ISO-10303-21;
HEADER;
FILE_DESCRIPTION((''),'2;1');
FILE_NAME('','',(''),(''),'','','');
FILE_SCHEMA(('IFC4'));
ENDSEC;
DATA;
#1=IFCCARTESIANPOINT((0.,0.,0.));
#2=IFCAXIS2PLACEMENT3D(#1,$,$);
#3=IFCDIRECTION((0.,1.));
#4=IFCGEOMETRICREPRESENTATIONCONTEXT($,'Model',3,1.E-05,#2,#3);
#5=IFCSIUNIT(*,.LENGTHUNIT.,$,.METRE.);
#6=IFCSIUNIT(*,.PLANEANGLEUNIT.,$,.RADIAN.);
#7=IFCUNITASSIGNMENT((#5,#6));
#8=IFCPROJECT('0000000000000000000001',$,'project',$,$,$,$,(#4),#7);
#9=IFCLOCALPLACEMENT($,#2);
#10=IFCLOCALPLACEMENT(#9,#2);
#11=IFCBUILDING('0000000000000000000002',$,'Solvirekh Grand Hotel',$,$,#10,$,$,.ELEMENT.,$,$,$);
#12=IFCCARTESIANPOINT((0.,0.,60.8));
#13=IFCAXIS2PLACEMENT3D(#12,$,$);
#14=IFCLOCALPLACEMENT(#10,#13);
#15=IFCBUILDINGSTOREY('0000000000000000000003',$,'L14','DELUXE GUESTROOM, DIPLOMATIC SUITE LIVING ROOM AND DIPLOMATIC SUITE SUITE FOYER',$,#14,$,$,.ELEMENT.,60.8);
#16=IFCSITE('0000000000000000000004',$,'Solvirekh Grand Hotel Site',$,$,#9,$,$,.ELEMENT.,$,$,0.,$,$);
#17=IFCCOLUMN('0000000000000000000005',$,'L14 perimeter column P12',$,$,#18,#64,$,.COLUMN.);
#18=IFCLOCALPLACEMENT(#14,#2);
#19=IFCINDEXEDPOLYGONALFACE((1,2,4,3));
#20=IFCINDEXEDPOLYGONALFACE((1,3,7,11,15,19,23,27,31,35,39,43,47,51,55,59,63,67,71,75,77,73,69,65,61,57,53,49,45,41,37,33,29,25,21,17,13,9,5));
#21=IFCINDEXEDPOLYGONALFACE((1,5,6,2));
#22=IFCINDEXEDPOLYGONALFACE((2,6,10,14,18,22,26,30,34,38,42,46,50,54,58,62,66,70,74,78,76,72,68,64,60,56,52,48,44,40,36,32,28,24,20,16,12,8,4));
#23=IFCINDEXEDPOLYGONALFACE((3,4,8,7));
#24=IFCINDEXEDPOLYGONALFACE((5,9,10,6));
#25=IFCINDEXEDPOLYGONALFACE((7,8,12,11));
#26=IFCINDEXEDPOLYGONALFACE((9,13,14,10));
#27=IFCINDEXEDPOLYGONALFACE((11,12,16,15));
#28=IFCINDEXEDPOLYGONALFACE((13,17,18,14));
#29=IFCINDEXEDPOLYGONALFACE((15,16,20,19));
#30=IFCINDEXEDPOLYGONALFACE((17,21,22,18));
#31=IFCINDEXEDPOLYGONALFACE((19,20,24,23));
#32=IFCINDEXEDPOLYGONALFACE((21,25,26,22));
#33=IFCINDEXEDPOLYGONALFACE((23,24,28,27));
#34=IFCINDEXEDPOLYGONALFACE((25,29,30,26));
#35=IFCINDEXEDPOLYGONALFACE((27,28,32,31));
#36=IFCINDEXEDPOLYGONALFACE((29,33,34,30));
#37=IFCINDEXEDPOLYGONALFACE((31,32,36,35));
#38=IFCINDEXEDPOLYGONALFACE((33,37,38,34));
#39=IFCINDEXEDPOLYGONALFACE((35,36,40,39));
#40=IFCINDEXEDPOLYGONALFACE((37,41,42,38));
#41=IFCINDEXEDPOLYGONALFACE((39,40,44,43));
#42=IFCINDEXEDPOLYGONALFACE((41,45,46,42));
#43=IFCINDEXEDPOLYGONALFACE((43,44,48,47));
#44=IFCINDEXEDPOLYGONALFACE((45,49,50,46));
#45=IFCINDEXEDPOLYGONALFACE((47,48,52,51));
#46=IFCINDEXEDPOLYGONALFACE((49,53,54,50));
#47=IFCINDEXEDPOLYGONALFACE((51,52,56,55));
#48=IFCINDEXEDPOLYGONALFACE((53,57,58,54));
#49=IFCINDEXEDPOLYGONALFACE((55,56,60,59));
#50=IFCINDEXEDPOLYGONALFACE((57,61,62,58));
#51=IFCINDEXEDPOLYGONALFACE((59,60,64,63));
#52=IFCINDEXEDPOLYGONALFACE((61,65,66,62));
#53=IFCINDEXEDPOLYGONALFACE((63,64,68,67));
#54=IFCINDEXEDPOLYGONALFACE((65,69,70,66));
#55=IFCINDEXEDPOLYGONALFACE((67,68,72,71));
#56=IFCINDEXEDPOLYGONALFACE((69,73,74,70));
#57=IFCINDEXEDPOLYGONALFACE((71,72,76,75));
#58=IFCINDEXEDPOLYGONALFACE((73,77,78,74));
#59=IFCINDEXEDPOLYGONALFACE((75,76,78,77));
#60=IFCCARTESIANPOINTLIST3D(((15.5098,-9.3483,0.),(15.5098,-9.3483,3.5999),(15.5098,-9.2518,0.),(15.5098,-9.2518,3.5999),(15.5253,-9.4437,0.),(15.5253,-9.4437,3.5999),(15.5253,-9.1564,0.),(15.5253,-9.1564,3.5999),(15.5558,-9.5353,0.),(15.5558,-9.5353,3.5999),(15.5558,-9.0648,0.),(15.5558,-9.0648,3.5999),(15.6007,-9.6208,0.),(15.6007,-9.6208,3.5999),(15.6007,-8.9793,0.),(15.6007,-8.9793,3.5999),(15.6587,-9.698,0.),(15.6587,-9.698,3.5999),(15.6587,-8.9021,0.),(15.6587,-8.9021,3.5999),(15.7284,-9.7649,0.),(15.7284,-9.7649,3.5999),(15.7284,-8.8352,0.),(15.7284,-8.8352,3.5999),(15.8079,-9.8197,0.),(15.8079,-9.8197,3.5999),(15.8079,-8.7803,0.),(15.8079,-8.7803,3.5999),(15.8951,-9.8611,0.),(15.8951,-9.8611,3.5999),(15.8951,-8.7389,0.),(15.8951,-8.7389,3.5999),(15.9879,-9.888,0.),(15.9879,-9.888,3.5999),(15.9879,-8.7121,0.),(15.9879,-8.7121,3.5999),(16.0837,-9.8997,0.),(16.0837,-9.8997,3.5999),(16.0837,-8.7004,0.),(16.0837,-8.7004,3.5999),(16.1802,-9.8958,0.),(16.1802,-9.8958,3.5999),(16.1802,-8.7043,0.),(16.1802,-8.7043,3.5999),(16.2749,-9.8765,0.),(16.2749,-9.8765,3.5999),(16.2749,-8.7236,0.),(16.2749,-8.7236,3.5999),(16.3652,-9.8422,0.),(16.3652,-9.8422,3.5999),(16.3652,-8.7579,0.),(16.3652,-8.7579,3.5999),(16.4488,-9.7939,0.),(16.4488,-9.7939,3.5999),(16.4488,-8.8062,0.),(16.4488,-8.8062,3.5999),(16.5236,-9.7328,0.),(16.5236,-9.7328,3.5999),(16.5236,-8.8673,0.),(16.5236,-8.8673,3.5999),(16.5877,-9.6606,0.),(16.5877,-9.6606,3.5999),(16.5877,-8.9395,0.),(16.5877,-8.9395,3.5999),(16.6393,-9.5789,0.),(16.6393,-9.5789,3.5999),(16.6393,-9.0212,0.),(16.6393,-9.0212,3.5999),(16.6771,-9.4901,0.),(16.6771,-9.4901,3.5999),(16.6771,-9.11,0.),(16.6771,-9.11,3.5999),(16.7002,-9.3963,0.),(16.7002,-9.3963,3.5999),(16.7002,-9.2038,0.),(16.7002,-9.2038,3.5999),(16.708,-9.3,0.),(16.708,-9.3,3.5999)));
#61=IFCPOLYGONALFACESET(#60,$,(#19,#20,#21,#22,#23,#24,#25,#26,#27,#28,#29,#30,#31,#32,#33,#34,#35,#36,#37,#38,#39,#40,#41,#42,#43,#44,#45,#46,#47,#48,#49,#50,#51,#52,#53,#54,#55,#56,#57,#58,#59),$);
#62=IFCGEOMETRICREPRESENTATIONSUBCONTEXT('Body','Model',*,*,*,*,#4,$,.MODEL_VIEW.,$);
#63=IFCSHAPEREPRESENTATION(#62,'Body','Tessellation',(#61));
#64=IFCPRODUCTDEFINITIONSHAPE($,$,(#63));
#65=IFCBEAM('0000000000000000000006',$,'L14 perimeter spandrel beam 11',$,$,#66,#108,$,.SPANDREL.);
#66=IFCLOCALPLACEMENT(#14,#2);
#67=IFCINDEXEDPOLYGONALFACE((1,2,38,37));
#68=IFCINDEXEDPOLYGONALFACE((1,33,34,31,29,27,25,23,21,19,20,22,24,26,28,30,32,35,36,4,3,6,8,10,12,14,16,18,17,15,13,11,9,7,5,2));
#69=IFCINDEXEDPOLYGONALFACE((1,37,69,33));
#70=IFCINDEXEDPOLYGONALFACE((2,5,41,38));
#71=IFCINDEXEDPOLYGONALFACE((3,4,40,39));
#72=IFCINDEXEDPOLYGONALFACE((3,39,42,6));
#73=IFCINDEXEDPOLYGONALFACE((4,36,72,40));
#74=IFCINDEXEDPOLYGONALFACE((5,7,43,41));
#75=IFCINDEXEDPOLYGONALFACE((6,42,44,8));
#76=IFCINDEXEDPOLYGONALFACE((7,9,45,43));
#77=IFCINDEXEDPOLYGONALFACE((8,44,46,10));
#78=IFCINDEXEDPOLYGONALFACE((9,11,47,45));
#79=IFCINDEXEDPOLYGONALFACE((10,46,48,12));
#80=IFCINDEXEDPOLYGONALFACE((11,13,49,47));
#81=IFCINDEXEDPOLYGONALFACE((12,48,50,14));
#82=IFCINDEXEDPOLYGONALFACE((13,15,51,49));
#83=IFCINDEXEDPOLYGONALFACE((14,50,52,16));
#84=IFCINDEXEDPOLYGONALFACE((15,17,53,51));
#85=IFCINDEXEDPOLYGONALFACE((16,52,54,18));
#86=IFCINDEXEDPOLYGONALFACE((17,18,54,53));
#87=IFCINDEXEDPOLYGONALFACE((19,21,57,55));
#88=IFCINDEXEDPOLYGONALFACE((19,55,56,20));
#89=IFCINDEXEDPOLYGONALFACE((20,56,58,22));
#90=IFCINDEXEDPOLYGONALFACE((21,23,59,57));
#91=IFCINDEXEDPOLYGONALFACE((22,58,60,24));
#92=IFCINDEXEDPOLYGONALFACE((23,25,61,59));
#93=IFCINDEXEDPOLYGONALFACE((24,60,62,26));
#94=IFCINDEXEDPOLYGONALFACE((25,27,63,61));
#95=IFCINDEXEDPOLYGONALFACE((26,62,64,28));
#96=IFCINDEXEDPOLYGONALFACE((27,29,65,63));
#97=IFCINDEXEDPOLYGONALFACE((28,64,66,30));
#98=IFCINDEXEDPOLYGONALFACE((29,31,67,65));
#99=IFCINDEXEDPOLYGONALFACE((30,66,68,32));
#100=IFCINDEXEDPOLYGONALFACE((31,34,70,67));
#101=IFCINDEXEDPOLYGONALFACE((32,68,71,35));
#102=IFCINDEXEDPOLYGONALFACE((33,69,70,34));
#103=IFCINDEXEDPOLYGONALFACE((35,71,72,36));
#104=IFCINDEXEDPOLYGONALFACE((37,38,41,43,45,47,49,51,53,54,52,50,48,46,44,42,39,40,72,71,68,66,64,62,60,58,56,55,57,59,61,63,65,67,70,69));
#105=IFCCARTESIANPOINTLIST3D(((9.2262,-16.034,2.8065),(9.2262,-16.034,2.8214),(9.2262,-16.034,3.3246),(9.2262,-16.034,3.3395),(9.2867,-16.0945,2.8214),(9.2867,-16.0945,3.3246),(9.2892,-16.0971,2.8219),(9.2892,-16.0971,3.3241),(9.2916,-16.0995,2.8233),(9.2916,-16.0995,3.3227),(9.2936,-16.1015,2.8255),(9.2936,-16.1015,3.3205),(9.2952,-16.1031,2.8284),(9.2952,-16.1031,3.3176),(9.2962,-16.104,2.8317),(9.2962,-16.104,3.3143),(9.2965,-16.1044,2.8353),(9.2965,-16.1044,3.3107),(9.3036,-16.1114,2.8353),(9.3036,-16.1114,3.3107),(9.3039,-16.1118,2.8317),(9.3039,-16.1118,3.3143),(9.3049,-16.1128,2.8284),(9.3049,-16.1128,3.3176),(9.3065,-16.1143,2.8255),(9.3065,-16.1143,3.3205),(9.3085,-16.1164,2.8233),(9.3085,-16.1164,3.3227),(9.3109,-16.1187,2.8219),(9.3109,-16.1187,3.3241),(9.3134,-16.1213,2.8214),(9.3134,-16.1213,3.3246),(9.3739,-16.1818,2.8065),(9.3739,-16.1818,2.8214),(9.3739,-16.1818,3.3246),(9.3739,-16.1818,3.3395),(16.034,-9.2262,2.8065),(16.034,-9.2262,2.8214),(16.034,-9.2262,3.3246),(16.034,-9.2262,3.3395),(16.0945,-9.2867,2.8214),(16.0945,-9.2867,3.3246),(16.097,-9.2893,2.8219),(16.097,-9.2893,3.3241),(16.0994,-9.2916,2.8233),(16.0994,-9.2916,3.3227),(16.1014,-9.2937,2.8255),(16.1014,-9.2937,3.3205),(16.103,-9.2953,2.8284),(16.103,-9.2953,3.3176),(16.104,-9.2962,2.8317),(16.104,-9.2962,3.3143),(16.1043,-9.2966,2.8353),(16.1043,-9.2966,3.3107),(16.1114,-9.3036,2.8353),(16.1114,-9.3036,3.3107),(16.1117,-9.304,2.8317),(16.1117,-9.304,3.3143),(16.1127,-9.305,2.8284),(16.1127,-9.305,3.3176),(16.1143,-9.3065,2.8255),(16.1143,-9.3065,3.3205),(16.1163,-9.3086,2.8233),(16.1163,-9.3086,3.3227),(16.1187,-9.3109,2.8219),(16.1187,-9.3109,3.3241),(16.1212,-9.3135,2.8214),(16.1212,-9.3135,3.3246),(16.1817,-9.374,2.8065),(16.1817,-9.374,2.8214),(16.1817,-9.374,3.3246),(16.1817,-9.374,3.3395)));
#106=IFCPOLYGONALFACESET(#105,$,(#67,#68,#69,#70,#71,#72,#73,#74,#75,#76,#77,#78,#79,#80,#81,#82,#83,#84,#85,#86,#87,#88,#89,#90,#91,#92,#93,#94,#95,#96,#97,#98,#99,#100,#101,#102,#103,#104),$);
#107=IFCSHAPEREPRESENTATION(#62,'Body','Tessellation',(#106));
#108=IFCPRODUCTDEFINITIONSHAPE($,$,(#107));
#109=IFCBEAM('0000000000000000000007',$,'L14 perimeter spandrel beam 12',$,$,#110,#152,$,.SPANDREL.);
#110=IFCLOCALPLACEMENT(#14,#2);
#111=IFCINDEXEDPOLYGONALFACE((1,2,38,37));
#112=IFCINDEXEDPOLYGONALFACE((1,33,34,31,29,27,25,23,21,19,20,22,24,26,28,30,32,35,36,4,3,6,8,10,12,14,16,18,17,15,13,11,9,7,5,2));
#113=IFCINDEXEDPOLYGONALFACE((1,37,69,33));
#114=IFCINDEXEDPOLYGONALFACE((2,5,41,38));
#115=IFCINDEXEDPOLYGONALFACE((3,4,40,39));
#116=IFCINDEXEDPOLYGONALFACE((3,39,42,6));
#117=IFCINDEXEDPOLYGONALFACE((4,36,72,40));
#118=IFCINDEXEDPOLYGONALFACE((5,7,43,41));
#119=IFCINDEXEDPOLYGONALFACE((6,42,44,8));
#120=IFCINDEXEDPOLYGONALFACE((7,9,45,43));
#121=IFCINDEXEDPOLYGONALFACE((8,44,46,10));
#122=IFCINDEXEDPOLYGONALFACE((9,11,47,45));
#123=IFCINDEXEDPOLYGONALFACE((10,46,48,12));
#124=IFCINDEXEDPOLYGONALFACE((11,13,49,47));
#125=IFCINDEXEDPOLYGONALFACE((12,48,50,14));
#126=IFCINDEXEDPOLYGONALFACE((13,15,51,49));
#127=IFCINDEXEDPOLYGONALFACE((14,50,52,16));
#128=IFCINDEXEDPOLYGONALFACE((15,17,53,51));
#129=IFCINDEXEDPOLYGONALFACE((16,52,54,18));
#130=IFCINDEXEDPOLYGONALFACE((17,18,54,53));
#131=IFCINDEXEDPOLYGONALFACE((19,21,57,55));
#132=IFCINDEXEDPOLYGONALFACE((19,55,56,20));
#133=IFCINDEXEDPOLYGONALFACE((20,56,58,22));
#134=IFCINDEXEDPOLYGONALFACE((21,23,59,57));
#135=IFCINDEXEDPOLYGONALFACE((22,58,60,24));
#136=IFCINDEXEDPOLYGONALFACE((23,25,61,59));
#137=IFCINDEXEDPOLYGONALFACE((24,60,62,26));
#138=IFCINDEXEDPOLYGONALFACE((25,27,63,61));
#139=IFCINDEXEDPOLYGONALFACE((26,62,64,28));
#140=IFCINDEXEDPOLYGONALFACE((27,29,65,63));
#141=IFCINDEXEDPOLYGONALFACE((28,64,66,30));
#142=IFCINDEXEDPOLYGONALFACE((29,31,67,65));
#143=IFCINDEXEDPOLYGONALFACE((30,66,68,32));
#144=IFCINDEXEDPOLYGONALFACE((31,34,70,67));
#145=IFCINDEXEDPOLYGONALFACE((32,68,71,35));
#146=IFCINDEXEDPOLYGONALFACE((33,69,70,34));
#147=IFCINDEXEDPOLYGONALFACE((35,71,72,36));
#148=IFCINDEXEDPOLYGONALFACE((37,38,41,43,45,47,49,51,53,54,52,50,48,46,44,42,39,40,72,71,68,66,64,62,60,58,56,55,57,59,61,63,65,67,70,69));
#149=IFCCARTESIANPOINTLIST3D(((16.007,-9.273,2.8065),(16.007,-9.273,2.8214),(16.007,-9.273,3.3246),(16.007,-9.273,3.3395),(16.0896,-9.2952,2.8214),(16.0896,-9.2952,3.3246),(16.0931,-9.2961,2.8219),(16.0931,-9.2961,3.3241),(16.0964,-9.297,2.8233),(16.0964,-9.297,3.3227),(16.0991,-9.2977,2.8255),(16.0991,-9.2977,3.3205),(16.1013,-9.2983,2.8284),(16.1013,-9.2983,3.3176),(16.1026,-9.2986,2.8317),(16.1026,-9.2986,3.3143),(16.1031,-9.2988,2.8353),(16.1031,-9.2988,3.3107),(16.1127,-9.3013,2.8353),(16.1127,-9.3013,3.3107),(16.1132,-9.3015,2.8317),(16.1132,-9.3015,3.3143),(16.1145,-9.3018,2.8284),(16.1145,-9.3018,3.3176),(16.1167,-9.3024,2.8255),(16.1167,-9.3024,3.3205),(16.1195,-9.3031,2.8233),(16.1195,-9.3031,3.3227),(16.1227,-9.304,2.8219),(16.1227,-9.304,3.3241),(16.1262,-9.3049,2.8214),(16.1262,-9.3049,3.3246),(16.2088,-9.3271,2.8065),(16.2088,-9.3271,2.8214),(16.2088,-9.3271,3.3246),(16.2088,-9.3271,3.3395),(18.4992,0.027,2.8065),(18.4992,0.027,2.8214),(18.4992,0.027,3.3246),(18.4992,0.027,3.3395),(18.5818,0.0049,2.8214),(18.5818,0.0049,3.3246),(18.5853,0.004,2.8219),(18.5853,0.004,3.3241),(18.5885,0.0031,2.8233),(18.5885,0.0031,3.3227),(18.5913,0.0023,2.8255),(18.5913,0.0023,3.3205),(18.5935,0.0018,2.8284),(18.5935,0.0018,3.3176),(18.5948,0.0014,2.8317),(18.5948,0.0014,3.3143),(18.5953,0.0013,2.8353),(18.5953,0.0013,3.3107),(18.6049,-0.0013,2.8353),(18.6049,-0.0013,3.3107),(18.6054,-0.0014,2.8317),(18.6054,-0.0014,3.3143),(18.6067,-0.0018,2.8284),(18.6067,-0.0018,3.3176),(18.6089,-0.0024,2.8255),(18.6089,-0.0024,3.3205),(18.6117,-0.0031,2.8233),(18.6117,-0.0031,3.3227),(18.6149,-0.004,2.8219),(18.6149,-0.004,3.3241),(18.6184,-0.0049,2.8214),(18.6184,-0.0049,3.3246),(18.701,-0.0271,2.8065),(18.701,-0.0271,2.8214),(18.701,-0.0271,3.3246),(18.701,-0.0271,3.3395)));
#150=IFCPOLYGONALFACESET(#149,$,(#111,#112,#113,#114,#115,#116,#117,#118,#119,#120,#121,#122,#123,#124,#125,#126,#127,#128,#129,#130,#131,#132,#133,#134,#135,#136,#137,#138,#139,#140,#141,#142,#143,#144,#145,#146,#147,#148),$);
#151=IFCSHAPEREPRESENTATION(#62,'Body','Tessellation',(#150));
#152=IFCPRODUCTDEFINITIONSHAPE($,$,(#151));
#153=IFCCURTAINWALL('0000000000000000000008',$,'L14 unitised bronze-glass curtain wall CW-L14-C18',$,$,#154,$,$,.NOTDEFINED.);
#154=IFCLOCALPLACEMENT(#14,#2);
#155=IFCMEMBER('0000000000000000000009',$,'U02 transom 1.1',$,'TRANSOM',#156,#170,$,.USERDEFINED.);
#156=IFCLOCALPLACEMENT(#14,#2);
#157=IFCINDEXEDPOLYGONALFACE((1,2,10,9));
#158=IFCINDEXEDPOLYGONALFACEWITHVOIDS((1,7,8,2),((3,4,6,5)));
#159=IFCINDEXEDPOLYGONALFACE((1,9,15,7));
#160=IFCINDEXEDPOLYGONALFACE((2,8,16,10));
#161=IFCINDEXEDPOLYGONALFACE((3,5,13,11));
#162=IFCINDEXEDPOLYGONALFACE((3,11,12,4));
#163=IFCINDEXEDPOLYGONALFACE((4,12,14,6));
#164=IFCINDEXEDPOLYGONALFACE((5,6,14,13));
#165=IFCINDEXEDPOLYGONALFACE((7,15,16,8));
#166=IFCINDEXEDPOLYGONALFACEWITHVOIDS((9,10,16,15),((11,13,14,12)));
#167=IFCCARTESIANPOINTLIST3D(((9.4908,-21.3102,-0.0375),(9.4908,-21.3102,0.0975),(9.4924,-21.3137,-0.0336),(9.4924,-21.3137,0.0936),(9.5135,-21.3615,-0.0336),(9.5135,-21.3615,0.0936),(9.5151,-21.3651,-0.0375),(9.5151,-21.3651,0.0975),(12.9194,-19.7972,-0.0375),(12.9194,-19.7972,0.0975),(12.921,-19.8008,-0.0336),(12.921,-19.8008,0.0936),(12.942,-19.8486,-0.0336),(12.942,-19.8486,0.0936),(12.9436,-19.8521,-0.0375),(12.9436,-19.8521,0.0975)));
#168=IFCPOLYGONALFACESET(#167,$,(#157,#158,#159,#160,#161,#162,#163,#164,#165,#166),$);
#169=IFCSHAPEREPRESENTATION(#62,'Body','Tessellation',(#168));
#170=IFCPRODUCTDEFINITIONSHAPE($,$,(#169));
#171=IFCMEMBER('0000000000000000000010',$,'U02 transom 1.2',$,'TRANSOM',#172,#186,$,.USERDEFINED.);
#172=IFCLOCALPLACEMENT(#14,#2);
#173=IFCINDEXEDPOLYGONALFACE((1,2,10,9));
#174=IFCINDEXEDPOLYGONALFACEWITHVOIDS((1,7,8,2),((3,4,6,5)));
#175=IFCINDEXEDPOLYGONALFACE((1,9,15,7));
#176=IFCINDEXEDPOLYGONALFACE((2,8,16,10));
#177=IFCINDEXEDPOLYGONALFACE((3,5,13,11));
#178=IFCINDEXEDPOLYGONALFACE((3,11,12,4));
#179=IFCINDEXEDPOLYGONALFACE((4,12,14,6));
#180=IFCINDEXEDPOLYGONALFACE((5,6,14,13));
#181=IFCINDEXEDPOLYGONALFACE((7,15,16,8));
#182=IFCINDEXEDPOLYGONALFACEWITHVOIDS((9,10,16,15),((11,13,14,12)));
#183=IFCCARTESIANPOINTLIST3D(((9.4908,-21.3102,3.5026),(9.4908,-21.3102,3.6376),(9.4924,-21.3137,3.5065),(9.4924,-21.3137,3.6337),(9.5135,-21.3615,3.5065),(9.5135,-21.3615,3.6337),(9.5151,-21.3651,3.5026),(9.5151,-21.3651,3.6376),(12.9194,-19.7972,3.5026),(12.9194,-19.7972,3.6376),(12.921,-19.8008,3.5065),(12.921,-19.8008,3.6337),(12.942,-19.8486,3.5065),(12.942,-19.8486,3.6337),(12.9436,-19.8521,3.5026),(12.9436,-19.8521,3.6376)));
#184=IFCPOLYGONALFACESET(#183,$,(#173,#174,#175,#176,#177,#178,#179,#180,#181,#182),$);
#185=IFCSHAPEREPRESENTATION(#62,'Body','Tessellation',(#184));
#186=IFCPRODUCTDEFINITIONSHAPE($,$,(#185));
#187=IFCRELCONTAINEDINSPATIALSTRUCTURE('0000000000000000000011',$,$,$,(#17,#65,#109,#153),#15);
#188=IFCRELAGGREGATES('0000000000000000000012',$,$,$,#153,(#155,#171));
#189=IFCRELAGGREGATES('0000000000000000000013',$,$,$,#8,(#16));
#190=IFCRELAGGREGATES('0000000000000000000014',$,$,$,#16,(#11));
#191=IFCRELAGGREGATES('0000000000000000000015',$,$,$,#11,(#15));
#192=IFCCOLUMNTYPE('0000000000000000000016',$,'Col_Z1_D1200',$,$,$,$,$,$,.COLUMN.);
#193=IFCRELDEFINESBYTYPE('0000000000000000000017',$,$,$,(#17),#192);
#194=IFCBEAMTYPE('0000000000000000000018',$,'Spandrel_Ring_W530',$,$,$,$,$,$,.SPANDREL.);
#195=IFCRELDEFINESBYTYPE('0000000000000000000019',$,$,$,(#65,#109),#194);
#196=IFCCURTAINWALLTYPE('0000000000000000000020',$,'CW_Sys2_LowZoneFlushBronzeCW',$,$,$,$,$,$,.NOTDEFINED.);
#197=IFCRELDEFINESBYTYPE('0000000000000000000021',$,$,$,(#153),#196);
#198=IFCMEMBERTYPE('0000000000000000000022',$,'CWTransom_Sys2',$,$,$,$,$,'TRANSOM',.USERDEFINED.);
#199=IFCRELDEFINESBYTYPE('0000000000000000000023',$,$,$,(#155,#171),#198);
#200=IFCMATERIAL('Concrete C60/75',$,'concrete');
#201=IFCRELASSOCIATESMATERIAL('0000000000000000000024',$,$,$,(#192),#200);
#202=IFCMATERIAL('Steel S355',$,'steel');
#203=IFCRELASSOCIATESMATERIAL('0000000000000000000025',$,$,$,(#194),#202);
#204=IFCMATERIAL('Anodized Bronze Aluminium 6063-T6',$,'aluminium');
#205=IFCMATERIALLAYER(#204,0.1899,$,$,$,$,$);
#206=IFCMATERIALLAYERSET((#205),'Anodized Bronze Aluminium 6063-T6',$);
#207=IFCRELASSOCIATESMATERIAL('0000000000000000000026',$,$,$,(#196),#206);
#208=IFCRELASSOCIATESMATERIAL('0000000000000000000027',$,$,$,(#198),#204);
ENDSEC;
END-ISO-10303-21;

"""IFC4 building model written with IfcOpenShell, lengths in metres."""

from ifc_helpers import new_model, si_unit, direction, frame, origin, origin_2d, place, context, subcontext, project, spatial, hollow_rectangle, circle, i_section, extrude, source, transform, mapped, material, layer, layer_set, material_profile, profile_set, type_object, element, aggregate, save


model = new_model("IFC4")

# Units and contexts
model_context = context("Model", 3, precision=1e-05, world=origin(), true_north=direction((0.0, 1.0)))
body_context = subcontext(model_context, "Body", "Model", "MODEL_VIEW")
ifc_project = project(units=[si_unit("LENGTHUNIT", "METRE"), si_unit("PLANEANGLEUNIT", "RADIAN")], contexts=[model_context])

# Site, building, storey
site_placement = place(None, origin())
site = spatial("IfcSite", under=ifc_project, at=site_placement, Name="Solvirekh Grand Hotel Site", CompositionType="ELEMENT", RefElevation=0.0)
building_placement = place(site_placement, origin())
building = spatial("IfcBuilding", under=site, at=building_placement, Name="Solvirekh Grand Hotel", CompositionType="ELEMENT")
storey_placement = place(building_placement, frame((0.0, 0.0, 60.8)))
storey = spatial("IfcBuildingStorey", under=building, at=storey_placement, Name="L14", Description="DELUXE GUESTROOM, DIPLOMATIC SUITE LIVING ROOM AND DIPLOMATIC SUITE SUITE FOYER", CompositionType="ELEMENT", Elevation=60.8)

# Column
ifc_material_1 = material(Name="Concrete C60/75", Category="concrete")
ifc_material_profile_1 = material_profile(ifc_material_1, circle(Radius=0.6001, at=origin_2d()), Name="RC CIRC D1200")
ifc_profile_set_1 = profile_set([ifc_material_profile_1], Name="Concrete C60/75")
column_type = type_object("IfcColumnType", Name="Col_Z1_D1200", PredefinedType="COLUMN", material=ifc_profile_set_1)
column_placement = place(storey_placement, frame((16.1079, -9.3, 0.0), z_axis=(0.0, 0.0, 1.0), x_axis=(1.0, 0.0, 0.0)))
element("IfcColumn", 1, at=column_placement, inside=storey, type_object=column_type, Name="L14 perimeter column P12", PredefinedType="COLUMN", context=body_context, shape_type="SweptSolid", body=[
    extrude(circle(Radius=0.6001, at=origin_2d()), origin(), (0.0, 0.0, 1.0), 3.5999),
])

# Beams
ifc_material_2 = material(Name="Steel S355", Category="steel")
ifc_material_profile_2 = material_profile(ifc_material_2, i_section(OverallWidth=0.209, OverallDepth=0.533, WebThickness=0.01, FlangeThickness=0.0149, FilletRadius=0.0139, at=origin_2d()), Name="W530X92")
ifc_profile_set_2 = profile_set([ifc_material_profile_2], Name="Steel S355")
beam_type = type_object("IfcBeamType", Name="Spandrel_Ring_W530", PredefinedType="SPANDREL", material=ifc_profile_set_2)
beam_1_placement = place(storey_placement, frame((9.3, -16.1079, 3.073), z_axis=(0.707107, 0.707107, 0.0), x_axis=(-0.707107, 0.707107, 0.0)))
element("IfcBeam", 2, at=beam_1_placement, inside=storey, type_object=beam_type, Name="L14 perimeter spandrel beam 11", PredefinedType="SPANDREL", context=body_context, shape_type="SweptSolid", body=[
    extrude(i_section(OverallWidth=0.209, OverallDepth=0.533, WebThickness=0.01, FlangeThickness=0.0149, FilletRadius=0.0139, at=origin_2d()), origin(), (0.0, 0.0, 1.0), 9.6277),
])
beam_2_placement = place(storey_placement, frame((16.1079, -9.3, 3.073), z_axis=(0.258843, 0.965919, 0.0), x_axis=(-0.965919, 0.258843, 0.0)))
element("IfcBeam", 3, at=beam_2_placement, inside=storey, type_object=beam_type, Name="L14 perimeter spandrel beam 12", PredefinedType="SPANDREL", context=body_context, shape_type="SweptSolid", body=[
    extrude(i_section(OverallWidth=0.209, OverallDepth=0.533, WebThickness=0.01, FlangeThickness=0.0149, FilletRadius=0.0139, at=origin_2d()), origin(), (0.0, 0.0, 1.0), 9.6282),
])

# Curtain wall, members
ifc_material_3 = material(Name="Anodized Bronze Aluminium 6063-T6", Category="aluminium")
ifc_layer_1 = layer(ifc_material_3, 0.1899)
ifc_layer_set_1 = layer_set([ifc_layer_1], Name="Anodized Bronze Aluminium 6063-T6")
curtain_wall_type = type_object("IfcCurtainWallType", Name="CW_Sys2_LowZoneFlushBronzeCW", PredefinedType="NOTDEFINED", material=ifc_layer_set_1)
curtain_wall_placement = place(storey_placement, origin())
curtain_wall = element("IfcCurtainWall", 4, at=curtain_wall_placement, inside=storey, type_object=curtain_wall_type, Name="L14 unitised bronze-glass curtain wall CW-L14-C18", PredefinedType="NOTDEFINED")
ifc_material_profile_3 = material_profile(ifc_material_3, hollow_rectangle(XDim=0.0601, YDim=0.135, WallThickness=0.0039, at=origin_2d()), Name="ALU RHS 135X60X4")
ifc_profile_set_3 = profile_set([ifc_material_profile_3], Name="Anodized Bronze Aluminium 6063-T6")
member_type_1 = type_object("IfcMemberType", Name="CWTransom_Sys2", ElementType="TRANSOM", PredefinedType="USERDEFINED", material=ifc_profile_set_3)
shared_shape_1 = source(origin(), body_context, "Body", "SweptSolid", [
    extrude(hollow_rectangle(XDim=0.0601, YDim=0.135, WallThickness=0.0039, at=origin_2d()), origin(), (0.0, 0.0, 1.0), 3.7476),
])
member_1_placement = place(storey_placement, frame((9.5029, -21.3376, 0.03), z_axis=(0.91488, 0.403725, 0.0), x_axis=(-0.403725, 0.91488, 0.0)))
member_1 = element("IfcMember", 5, at=member_1_placement, type_object=member_type_1, Name="U02 transom 1.1", ObjectType="TRANSOM", PredefinedType="USERDEFINED", context=body_context, shape_type="MappedRepresentation", body=[
    mapped(shared_shape_1, transform((0.0, 0.0, 0.0), x_axis=(1.0, 0.0, 0.0), y_axis=(0.0, 1.0, 0.0), z_axis=(0.0, 0.0, 1.0), scale=1.0)),
])
member_2_placement = place(storey_placement, frame((9.5029, -21.3376, 3.5701), z_axis=(0.91488, 0.403725, 0.0), x_axis=(-0.403725, 0.91488, 0.0)))
member_2 = element("IfcMember", 6, at=member_2_placement, type_object=member_type_1, Name="U02 transom 1.2", ObjectType="TRANSOM", PredefinedType="USERDEFINED", context=body_context, shape_type="MappedRepresentation", body=[
    mapped(shared_shape_1, transform((0.0, 0.0, 0.0), x_axis=(1.0, 0.0, 0.0), y_axis=(0.0, 1.0, 0.0), z_axis=(0.0, 0.0, 1.0), scale=1.0)),
])
aggregate(curtain_wall, [member_1, member_2])

save(model, "model.ifc")
